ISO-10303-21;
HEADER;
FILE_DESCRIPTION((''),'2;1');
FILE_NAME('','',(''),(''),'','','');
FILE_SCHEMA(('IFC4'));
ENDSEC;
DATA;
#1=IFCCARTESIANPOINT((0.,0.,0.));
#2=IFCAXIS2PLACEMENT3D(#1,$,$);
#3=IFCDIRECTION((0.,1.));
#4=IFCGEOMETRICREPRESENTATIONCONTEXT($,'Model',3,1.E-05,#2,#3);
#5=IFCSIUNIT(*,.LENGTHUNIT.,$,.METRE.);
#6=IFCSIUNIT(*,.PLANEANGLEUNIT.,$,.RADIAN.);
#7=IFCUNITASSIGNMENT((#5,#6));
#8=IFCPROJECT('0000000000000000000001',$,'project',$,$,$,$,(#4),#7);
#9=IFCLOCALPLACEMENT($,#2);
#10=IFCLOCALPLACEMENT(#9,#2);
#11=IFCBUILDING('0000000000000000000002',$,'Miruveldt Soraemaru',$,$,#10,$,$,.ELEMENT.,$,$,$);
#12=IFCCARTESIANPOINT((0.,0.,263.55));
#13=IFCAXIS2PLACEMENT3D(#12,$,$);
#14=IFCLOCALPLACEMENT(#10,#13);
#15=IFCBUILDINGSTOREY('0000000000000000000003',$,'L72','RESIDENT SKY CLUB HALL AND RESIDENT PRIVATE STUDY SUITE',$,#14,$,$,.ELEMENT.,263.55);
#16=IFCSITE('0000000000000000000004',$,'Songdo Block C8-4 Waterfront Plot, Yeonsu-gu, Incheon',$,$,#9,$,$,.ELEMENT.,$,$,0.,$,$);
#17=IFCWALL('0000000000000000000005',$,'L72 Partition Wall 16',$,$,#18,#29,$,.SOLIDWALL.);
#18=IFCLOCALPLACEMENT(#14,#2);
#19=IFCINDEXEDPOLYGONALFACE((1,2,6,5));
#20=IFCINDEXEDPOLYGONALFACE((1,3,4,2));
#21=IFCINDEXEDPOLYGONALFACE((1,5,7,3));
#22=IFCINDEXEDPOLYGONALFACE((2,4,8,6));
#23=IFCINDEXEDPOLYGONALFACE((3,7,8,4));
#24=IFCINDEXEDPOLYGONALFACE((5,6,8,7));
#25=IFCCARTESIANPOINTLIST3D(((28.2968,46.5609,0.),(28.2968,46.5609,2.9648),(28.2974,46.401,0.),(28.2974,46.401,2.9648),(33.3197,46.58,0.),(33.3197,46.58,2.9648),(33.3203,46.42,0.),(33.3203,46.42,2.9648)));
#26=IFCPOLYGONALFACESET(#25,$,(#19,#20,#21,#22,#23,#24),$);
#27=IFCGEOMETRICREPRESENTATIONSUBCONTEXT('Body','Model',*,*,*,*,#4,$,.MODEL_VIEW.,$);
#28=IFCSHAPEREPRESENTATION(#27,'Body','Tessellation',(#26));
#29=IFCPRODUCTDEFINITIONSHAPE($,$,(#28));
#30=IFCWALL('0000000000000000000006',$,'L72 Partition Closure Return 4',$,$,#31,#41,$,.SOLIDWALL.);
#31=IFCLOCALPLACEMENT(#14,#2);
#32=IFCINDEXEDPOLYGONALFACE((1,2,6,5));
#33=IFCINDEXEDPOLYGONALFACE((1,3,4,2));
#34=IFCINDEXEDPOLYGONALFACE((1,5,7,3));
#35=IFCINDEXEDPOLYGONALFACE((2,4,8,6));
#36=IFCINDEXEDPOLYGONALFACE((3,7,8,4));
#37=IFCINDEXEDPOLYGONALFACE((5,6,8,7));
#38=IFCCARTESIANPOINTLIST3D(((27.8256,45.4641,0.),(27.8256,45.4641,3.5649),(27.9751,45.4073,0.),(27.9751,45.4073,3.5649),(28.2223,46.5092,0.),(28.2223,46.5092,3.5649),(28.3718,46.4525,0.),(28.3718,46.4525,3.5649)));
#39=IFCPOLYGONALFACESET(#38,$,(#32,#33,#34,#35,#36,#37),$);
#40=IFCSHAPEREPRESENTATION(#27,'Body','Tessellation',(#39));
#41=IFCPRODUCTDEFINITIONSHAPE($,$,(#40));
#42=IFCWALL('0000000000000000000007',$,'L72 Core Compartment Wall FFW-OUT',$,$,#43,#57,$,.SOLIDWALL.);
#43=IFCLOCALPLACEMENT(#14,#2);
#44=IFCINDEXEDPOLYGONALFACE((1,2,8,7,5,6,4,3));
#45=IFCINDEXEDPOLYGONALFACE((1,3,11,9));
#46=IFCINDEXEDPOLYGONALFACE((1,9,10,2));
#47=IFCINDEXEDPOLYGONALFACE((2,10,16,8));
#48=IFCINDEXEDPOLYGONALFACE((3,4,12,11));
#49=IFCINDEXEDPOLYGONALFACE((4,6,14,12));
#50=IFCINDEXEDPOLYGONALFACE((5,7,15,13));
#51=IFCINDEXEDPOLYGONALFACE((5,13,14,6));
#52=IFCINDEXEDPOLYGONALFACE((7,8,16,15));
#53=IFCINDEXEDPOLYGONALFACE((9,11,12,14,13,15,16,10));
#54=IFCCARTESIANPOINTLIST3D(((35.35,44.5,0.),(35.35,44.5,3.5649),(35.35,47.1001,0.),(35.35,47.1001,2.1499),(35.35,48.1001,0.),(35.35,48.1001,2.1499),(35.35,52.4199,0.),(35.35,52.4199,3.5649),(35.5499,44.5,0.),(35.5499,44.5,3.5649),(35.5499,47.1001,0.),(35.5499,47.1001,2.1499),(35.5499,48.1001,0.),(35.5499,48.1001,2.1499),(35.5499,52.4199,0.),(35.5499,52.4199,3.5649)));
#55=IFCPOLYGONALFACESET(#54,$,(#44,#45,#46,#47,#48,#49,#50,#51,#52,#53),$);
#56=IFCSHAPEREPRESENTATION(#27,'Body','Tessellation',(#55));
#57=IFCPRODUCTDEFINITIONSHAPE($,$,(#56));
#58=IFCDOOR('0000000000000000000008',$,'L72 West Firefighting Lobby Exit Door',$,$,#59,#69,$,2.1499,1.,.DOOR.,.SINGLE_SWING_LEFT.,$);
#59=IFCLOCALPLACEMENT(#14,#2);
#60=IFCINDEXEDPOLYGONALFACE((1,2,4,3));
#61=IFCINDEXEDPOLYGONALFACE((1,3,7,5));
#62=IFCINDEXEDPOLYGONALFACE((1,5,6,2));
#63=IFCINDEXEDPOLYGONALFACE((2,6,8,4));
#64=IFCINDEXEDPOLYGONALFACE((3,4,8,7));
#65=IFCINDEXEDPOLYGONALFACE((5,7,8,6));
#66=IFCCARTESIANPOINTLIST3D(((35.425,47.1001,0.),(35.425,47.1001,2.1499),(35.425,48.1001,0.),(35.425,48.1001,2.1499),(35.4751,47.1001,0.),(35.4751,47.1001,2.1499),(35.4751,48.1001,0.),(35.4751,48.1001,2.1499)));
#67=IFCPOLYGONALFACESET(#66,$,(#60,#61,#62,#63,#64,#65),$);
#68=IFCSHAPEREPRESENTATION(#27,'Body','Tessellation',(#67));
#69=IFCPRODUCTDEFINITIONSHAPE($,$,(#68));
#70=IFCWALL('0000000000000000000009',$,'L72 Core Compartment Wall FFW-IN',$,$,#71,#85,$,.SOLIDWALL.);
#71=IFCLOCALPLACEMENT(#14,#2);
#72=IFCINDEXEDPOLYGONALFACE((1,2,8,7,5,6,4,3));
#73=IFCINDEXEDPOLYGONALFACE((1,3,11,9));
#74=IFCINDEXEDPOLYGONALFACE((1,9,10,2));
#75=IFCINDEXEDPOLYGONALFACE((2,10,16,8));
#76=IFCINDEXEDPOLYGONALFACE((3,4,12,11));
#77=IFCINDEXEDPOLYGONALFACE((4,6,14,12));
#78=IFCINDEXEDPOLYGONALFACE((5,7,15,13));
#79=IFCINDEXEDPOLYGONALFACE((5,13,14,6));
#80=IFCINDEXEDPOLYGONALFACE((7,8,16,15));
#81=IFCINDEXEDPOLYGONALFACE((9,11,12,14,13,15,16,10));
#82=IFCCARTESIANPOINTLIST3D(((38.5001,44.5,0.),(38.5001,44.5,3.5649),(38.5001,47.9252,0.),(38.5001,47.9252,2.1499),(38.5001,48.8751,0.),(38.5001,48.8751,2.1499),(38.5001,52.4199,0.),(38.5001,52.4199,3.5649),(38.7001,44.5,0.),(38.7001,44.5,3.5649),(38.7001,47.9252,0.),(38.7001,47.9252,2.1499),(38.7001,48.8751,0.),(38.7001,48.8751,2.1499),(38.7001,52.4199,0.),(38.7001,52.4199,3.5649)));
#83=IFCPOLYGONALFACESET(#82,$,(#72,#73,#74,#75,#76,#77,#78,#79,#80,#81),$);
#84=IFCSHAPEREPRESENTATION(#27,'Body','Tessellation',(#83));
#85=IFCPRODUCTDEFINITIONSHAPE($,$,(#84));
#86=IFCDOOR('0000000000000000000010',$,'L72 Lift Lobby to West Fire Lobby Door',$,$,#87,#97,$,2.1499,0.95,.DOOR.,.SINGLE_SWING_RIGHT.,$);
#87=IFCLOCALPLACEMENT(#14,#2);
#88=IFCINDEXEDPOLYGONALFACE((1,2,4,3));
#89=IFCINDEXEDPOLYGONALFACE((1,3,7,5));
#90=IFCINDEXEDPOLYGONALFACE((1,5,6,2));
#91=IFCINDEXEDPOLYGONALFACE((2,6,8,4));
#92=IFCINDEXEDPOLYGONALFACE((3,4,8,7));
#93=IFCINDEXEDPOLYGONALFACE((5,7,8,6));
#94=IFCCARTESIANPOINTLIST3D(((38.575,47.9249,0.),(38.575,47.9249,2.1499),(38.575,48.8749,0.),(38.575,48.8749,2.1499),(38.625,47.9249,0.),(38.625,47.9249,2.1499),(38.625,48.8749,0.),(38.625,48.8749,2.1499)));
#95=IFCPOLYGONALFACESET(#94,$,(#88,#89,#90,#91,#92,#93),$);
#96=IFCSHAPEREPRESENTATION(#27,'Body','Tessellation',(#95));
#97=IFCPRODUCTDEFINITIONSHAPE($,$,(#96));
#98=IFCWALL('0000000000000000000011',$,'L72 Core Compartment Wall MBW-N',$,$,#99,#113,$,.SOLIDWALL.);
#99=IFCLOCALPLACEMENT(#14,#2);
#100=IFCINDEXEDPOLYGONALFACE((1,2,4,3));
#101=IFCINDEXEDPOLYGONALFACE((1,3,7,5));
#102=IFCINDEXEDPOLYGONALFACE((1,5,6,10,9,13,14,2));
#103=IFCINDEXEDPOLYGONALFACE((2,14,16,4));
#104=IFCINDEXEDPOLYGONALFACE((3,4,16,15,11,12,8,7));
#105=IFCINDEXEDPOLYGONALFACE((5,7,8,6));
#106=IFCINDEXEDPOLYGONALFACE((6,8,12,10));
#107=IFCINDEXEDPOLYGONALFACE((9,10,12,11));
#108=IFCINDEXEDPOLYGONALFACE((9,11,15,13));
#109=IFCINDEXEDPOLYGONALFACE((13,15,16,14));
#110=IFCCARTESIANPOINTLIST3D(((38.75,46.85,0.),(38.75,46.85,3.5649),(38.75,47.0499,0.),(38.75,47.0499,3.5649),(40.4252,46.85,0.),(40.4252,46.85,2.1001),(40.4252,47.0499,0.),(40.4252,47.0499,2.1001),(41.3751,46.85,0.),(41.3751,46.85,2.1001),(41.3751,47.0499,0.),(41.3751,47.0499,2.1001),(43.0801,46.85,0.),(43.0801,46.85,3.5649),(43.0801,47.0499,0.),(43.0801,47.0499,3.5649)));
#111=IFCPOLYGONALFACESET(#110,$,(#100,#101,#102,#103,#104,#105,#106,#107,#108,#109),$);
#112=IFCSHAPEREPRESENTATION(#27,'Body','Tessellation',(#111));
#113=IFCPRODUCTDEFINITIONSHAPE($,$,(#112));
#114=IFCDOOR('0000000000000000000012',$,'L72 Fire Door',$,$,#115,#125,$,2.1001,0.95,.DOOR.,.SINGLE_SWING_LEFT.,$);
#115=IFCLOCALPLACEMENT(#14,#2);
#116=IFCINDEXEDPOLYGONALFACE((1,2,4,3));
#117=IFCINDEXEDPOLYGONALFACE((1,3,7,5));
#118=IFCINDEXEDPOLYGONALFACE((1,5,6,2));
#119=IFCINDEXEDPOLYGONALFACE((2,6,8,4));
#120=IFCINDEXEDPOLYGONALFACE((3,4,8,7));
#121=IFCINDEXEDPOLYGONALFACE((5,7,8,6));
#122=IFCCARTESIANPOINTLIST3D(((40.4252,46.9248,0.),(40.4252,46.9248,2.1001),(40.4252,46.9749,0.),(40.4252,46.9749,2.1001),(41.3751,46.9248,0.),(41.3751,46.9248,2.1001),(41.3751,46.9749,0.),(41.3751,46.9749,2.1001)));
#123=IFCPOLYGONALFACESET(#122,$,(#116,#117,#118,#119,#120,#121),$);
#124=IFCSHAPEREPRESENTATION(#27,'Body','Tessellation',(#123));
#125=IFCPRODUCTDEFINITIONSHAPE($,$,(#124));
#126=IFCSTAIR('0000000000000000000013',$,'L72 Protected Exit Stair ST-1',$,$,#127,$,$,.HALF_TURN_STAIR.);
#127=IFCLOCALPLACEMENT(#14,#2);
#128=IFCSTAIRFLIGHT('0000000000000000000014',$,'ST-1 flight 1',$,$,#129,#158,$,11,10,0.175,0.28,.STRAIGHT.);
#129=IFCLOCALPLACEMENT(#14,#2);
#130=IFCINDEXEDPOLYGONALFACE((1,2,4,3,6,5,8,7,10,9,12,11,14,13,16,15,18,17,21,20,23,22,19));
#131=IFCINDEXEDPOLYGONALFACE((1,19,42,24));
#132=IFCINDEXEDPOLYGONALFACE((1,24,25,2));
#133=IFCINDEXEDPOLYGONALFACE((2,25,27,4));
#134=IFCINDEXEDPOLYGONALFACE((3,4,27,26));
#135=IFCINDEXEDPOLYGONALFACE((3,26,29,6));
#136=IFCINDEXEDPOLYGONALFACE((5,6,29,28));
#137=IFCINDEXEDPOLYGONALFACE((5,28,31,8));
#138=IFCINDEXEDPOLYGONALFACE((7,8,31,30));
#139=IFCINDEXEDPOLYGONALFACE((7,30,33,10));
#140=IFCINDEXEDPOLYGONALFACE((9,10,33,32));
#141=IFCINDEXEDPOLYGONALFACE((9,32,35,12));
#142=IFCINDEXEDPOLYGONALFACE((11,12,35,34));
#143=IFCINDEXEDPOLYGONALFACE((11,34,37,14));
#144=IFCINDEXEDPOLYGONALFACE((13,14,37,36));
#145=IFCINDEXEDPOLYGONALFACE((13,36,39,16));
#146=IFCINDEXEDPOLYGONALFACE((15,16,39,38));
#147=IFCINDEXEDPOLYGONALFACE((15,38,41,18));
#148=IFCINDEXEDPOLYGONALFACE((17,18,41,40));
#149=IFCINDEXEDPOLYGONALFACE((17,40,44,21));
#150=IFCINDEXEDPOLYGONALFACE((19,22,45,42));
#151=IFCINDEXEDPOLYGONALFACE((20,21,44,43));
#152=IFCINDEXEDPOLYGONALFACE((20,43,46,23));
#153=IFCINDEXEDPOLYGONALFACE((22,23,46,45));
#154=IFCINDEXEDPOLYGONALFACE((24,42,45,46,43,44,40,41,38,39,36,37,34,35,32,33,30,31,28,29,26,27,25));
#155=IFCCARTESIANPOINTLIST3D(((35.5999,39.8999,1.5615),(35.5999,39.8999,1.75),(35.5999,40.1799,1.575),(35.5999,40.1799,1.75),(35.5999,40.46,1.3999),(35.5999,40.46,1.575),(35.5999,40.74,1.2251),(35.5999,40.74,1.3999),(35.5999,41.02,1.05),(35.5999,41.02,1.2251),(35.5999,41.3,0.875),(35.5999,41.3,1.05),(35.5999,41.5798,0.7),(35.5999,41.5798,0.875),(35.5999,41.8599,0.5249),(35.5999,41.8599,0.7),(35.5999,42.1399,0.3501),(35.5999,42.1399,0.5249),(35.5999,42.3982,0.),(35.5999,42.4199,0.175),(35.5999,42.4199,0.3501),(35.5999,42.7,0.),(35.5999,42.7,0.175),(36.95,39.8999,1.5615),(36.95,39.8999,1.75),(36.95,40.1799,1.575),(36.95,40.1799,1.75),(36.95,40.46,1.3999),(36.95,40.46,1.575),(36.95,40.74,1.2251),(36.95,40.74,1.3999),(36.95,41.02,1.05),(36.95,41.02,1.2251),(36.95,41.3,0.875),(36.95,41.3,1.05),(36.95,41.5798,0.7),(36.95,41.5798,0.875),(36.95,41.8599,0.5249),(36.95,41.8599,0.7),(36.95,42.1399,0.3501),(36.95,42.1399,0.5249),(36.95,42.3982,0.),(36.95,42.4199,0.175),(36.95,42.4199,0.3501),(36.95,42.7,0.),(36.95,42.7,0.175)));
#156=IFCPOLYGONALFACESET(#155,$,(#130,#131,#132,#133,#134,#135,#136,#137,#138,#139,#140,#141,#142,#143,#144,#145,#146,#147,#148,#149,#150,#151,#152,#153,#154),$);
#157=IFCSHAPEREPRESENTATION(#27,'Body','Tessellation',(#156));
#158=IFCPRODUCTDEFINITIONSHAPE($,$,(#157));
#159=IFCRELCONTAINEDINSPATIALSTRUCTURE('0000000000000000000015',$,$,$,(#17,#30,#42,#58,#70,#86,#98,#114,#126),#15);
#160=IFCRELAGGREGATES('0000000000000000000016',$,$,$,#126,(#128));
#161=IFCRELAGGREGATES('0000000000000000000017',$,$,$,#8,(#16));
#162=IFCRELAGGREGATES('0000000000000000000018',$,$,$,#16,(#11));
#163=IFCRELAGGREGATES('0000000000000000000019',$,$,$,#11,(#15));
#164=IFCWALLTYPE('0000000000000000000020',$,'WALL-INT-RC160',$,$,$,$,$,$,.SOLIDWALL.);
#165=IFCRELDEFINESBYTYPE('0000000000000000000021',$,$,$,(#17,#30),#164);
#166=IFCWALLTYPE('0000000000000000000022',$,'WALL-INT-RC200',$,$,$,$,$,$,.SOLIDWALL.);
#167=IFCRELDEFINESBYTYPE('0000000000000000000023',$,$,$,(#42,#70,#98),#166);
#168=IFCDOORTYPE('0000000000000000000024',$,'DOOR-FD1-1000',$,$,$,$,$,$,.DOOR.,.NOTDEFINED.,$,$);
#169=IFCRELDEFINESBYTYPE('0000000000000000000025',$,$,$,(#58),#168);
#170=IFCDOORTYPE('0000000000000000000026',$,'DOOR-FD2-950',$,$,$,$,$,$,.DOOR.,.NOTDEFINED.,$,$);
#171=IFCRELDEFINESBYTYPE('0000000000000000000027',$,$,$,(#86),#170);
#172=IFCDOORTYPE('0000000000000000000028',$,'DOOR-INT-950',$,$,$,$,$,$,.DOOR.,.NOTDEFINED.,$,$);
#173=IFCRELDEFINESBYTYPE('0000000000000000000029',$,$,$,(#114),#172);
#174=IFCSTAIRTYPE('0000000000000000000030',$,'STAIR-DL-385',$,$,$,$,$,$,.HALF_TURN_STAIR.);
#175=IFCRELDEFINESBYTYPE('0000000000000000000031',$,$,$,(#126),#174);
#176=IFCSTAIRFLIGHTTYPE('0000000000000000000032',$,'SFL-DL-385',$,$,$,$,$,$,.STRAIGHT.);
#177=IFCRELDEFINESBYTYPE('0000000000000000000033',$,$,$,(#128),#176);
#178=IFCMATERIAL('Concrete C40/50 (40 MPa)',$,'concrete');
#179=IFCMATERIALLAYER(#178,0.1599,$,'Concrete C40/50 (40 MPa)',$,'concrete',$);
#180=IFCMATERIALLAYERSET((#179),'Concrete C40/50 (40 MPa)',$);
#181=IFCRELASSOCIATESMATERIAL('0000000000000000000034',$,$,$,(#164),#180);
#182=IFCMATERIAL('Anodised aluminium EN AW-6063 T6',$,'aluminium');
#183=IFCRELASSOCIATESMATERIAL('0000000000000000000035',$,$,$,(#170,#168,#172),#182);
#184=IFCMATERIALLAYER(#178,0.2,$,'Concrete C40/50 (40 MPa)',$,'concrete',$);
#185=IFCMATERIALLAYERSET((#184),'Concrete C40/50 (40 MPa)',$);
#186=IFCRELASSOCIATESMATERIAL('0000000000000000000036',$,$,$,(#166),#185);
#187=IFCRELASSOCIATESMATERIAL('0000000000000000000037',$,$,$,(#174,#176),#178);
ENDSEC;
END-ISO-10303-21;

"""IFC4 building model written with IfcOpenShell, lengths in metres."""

from ifc_helpers import new_model, si_unit, direction, frame, frame_2d, origin, place, context, subcontext, project, spatial, polyline, rectangle, outline, extrude, material, layer, layer_set, type_object, element, fill, aggregate, save


model = new_model("IFC4")

# Units and contexts
model_context = context("Model", 3, precision=1e-05, world=origin(), true_north=direction((0.0, 1.0)))
body_context = subcontext(model_context, "Body", "Model", "MODEL_VIEW")
ifc_project = project(units=[si_unit("LENGTHUNIT", "METRE"), si_unit("PLANEANGLEUNIT", "RADIAN")], contexts=[model_context])

# Site, building, storey
site_placement = place(None, origin())
site = spatial("IfcSite", under=ifc_project, at=site_placement, Name="Songdo Block C8-4 Waterfront Plot, Yeonsu-gu, Incheon", CompositionType="ELEMENT", RefElevation=0.0)
building_placement = place(site_placement, origin())
building = spatial("IfcBuilding", under=site, at=building_placement, Name="Miruveldt Soraemaru", CompositionType="ELEMENT")
storey_placement = place(building_placement, frame((0.0, 0.0, 263.55)))
storey = spatial("IfcBuildingStorey", under=building, at=storey_placement, Name="L72", Description="RESIDENT SKY CLUB HALL AND RESIDENT PRIVATE STUDY SUITE", CompositionType="ELEMENT", Elevation=263.55)

# Shared definitions
ifc_material_1 = material(Name="Concrete C40/50 (40 MPa)", Category="concrete")
ifc_layer_1 = layer(ifc_material_1, 0.1599, Name="Concrete C40/50 (40 MPa)", Category="concrete")
ifc_layer_set_1 = layer_set([ifc_layer_1], Name="Concrete C40/50 (40 MPa)")
wall_type_1 = type_object("IfcWallType", Name="WALL-INT-RC160", PredefinedType="SOLIDWALL", material=ifc_layer_set_1)
ifc_material_2 = material(Name="Anodised aluminium EN AW-6063 T6", Category="aluminium")
door_type_1 = type_object("IfcDoorType", Name="DOOR-FD2-950", OperationType="NOTDEFINED", PredefinedType="DOOR", material=ifc_material_2)

# Walls
wall_1_placement = place(storey_placement, frame((28.2971, 46.481, 0.0), z_axis=(0.0, 0.0, 1.0), x_axis=(0.999993, 0.003791, 0.0)))
element("IfcWall", 1, at=wall_1_placement, inside=storey, type_object=wall_type_1, Name="L72 Partition Wall 16", PredefinedType="SOLIDWALL", context=body_context, shape_type="SweptSolid", body=[
    extrude(rectangle(XDim=5.0229, YDim=0.1599, at=frame_2d((2.5115, 0.0))), origin(), (0.0, 0.0, 1.0), 2.9648),
])
wall_2_placement = place(storey_placement, frame((28.2971, 46.481, 0.0), z_axis=(0.0, 0.0, 1.0), x_axis=(-0.354878, -0.934913, 0.0)))
element("IfcWall", 2, at=wall_2_placement, inside=storey, type_object=wall_type_1, Name="L72 Partition Closure Return 4", PredefinedType="SOLIDWALL", context=body_context, shape_type="SweptSolid", body=[
    extrude(rectangle(XDim=1.1179, YDim=0.1599, at=frame_2d((0.5591, 0.0))), origin(), (0.0, 0.0, 1.0), 3.5649),
])

# Walls, openings, doors
ifc_layer_2 = layer(ifc_material_1, 0.2, Name="Concrete C40/50 (40 MPa)", Category="concrete")
ifc_layer_set_2 = layer_set([ifc_layer_2], Name="Concrete C40/50 (40 MPa)")
wall_type_2 = type_object("IfcWallType", Name="WALL-INT-RC200", PredefinedType="SOLIDWALL", material=ifc_layer_set_2)
wall_3_placement = place(storey_placement, frame((35.45, 44.5, 0.0), z_axis=(0.0, 0.0, 1.0), x_axis=(0.0, 1.0, 0.0)))
wall_3 = element("IfcWall", 3, at=wall_3_placement, inside=storey, type_object=wall_type_2, Name="L72 Core Compartment Wall FFW-OUT", PredefinedType="SOLIDWALL", context=body_context, shape_type="SweptSolid", body=[
    extrude(rectangle(XDim=7.9199, YDim=0.2, at=frame_2d((3.96, 0.0))), origin(), (0.0, 0.0, 1.0), 3.5649),
])
opening_1_placement = place(wall_3_placement, frame((2.6001, 0.0, 0.0)))
opening_1 = element("IfcOpeningElement", 4, at=opening_1_placement, cuts=wall_3, PredefinedType="OPENING", context=body_context, shape_type="SweptSolid", body=[
    extrude(rectangle(XDim=1.0, YDim=2.1499, at=frame_2d((0.5, 1.075))), frame((0.0, 0.1099, 0.0), z_axis=(0.0, -1.0, 0.0), x_axis=(1.0, 0.0, 0.0)), (0.0, 0.0, 1.0), 0.22),
])
door_type_2 = type_object("IfcDoorType", Name="DOOR-FD1-1000", OperationType="NOTDEFINED", PredefinedType="DOOR", material=ifc_material_2)
door_1_placement = place(opening_1_placement, origin())
door_1 = element("IfcDoor", 5, at=door_1_placement, inside=storey, type_object=door_type_2, Name="L72 West Firefighting Lobby Exit Door", OperationType="SINGLE_SWING_LEFT", OverallHeight=2.1499, OverallWidth=1.0, PredefinedType="DOOR", context=body_context, shape_type="SweptSolid", body=[
    extrude(rectangle(XDim=1.0, YDim=2.1499, at=frame_2d((0.5, 1.075))), frame((0.0, 0.0249, 0.0), z_axis=(0.0, -1.0, 0.0), x_axis=(1.0, 0.0, 0.0)), (0.0, 0.0, 1.0), 0.05),
])
fill(opening_1, door_1)
wall_4_placement = place(storey_placement, frame((38.6001, 44.5, 0.0), z_axis=(0.0, 0.0, 1.0), x_axis=(0.0, 1.0, 0.0)))
wall_4 = element("IfcWall", 6, at=wall_4_placement, inside=storey, type_object=wall_type_2, Name="L72 Core Compartment Wall FFW-IN", PredefinedType="SOLIDWALL", context=body_context, shape_type="SweptSolid", body=[
    extrude(rectangle(XDim=7.9199, YDim=0.2, at=frame_2d((3.96, 0.0))), origin(), (0.0, 0.0, 1.0), 3.5649),
])
opening_2_placement = place(wall_4_placement, frame((3.425, 0.0, 0.0)))
opening_2 = element("IfcOpeningElement", 7, at=opening_2_placement, cuts=wall_4, PredefinedType="OPENING", context=body_context, shape_type="SweptSolid", body=[
    extrude(rectangle(XDim=0.95, YDim=2.1499, at=frame_2d((0.4751, 1.075))), frame((0.0, 0.1099, 0.0), z_axis=(0.0, -1.0, 0.0), x_axis=(1.0, 0.0, 0.0)), (0.0, 0.0, 1.0), 0.22),
])
door_2_placement = place(opening_2_placement, frame((0.95, 0.0, 0.0), z_axis=(0.0, 0.0, 1.0), x_axis=(-1.0, 0.0, 0.0)))
door_2 = element("IfcDoor", 8, at=door_2_placement, inside=storey, type_object=door_type_1, Name="L72 Lift Lobby to West Fire Lobby Door", OperationType="SINGLE_SWING_RIGHT", OverallHeight=2.1499, OverallWidth=0.95, PredefinedType="DOOR", context=body_context, shape_type="SweptSolid", body=[
    extrude(rectangle(XDim=0.95, YDim=2.1499, at=frame_2d((0.4751, 1.075))), frame((0.0, 0.0249, 0.0), z_axis=(0.0, -1.0, 0.0), x_axis=(1.0, 0.0, 0.0)), (0.0, 0.0, 1.0), 0.05),
])
fill(opening_2, door_2)

# Wall, opening, door
wall_5_placement = place(storey_placement, frame((38.75, 46.95, 0.0), z_axis=(0.0, 0.0, 1.0), x_axis=(1.0, 0.0, 0.0)))
wall_5 = element("IfcWall", 9, at=wall_5_placement, inside=storey, type_object=wall_type_2, Name="L72 Core Compartment Wall MBW-N", PredefinedType="SOLIDWALL", context=body_context, shape_type="SweptSolid", body=[
    extrude(rectangle(XDim=4.3301, YDim=0.2, at=frame_2d((2.165, 0.0))), origin(), (0.0, 0.0, 1.0), 3.5649),
])
opening_3_placement = place(wall_5_placement, frame((1.675, 0.0, 0.0)))
opening_3 = element("IfcOpeningElement", 10, at=opening_3_placement, cuts=wall_5, PredefinedType="OPENING", context=body_context, shape_type="SweptSolid", body=[
    extrude(rectangle(XDim=0.95, YDim=2.1001, at=frame_2d((0.4751, 1.05))), frame((0.0, 0.1099, 0.0), z_axis=(0.0, -1.0, 0.0), x_axis=(1.0, 0.0, 0.0)), (0.0, 0.0, 1.0), 0.22),
])
door_type_3 = type_object("IfcDoorType", Name="DOOR-INT-950", OperationType="NOTDEFINED", PredefinedType="DOOR", material=ifc_material_2)
door_3_placement = place(opening_3_placement, origin())
door_3 = element("IfcDoor", 11, at=door_3_placement, inside=storey, type_object=door_type_3, Name="L72 Fire Door", OperationType="SINGLE_SWING_LEFT", OverallHeight=2.1001, OverallWidth=0.95, PredefinedType="DOOR", context=body_context, shape_type="SweptSolid", body=[
    extrude(rectangle(XDim=0.95, YDim=2.1001, at=frame_2d((0.4751, 1.05))), frame((0.0, 0.0249, 0.0), z_axis=(0.0, -1.0, 0.0), x_axis=(1.0, 0.0, 0.0)), (0.0, 0.0, 1.0), 0.05),
])
fill(opening_3, door_3)

# Stair, stair flight
stair_type = type_object("IfcStairType", Name="STAIR-DL-385", PredefinedType="HALF_TURN_STAIR", material=ifc_material_1)
stair_placement = place(storey_placement, origin())
stair = element("IfcStair", 12, at=stair_placement, inside=storey, type_object=stair_type, Name="L72 Protected Exit Stair ST-1", PredefinedType="HALF_TURN_STAIR")
stair_flight_type = type_object("IfcStairFlightType", Name="SFL-DL-385", PredefinedType="STRAIGHT", material=ifc_material_1)
stair_flight_placement = place(storey_placement, frame((36.2749, 42.7, 0.0), z_axis=(0.0, 0.0, 1.0), x_axis=(0.0, -1.0, 0.0)))
stair_flight = element("IfcStairFlight", 13, at=stair_flight_placement, type_object=stair_flight_type, Name="ST-1 flight 1", NumberOfRisers=11, NumberOfTreads=10, PredefinedType="STRAIGHT", RiserHeight=0.175, TreadLength=0.28, context=body_context, shape_type="SweptSolid", body=[
    extrude(outline(polyline([(0.0, 0.0), (0.0, 0.175), (0.28, 0.175), (0.28, 0.3501), (0.5601, 0.3501), (0.5601, 0.5249), (0.8401, 0.5249), (0.8401, 0.7), (1.1201, 0.7), (1.1201, 0.875), (1.3999, 0.875), (1.3999, 1.05), (1.6799, 1.05), (1.6799, 1.2251), (1.96, 1.2251), (1.96, 1.3999), (2.24, 1.3999), (2.24, 1.575), (2.52, 1.575), (2.52, 1.75), (2.8, 1.75), (2.8, 1.925), (2.8, 1.5615), (0.3018, 0.0), (0.0, 0.0)])), frame((0.0, 0.675, 0.0), z_axis=(0.0, -1.0, 0.0), x_axis=(1.0, 0.0, 0.0)), (0.0, 0.0, 1.0), 1.3501),
])
aggregate(stair, [stair_flight])

save(model, "model.ifc")
